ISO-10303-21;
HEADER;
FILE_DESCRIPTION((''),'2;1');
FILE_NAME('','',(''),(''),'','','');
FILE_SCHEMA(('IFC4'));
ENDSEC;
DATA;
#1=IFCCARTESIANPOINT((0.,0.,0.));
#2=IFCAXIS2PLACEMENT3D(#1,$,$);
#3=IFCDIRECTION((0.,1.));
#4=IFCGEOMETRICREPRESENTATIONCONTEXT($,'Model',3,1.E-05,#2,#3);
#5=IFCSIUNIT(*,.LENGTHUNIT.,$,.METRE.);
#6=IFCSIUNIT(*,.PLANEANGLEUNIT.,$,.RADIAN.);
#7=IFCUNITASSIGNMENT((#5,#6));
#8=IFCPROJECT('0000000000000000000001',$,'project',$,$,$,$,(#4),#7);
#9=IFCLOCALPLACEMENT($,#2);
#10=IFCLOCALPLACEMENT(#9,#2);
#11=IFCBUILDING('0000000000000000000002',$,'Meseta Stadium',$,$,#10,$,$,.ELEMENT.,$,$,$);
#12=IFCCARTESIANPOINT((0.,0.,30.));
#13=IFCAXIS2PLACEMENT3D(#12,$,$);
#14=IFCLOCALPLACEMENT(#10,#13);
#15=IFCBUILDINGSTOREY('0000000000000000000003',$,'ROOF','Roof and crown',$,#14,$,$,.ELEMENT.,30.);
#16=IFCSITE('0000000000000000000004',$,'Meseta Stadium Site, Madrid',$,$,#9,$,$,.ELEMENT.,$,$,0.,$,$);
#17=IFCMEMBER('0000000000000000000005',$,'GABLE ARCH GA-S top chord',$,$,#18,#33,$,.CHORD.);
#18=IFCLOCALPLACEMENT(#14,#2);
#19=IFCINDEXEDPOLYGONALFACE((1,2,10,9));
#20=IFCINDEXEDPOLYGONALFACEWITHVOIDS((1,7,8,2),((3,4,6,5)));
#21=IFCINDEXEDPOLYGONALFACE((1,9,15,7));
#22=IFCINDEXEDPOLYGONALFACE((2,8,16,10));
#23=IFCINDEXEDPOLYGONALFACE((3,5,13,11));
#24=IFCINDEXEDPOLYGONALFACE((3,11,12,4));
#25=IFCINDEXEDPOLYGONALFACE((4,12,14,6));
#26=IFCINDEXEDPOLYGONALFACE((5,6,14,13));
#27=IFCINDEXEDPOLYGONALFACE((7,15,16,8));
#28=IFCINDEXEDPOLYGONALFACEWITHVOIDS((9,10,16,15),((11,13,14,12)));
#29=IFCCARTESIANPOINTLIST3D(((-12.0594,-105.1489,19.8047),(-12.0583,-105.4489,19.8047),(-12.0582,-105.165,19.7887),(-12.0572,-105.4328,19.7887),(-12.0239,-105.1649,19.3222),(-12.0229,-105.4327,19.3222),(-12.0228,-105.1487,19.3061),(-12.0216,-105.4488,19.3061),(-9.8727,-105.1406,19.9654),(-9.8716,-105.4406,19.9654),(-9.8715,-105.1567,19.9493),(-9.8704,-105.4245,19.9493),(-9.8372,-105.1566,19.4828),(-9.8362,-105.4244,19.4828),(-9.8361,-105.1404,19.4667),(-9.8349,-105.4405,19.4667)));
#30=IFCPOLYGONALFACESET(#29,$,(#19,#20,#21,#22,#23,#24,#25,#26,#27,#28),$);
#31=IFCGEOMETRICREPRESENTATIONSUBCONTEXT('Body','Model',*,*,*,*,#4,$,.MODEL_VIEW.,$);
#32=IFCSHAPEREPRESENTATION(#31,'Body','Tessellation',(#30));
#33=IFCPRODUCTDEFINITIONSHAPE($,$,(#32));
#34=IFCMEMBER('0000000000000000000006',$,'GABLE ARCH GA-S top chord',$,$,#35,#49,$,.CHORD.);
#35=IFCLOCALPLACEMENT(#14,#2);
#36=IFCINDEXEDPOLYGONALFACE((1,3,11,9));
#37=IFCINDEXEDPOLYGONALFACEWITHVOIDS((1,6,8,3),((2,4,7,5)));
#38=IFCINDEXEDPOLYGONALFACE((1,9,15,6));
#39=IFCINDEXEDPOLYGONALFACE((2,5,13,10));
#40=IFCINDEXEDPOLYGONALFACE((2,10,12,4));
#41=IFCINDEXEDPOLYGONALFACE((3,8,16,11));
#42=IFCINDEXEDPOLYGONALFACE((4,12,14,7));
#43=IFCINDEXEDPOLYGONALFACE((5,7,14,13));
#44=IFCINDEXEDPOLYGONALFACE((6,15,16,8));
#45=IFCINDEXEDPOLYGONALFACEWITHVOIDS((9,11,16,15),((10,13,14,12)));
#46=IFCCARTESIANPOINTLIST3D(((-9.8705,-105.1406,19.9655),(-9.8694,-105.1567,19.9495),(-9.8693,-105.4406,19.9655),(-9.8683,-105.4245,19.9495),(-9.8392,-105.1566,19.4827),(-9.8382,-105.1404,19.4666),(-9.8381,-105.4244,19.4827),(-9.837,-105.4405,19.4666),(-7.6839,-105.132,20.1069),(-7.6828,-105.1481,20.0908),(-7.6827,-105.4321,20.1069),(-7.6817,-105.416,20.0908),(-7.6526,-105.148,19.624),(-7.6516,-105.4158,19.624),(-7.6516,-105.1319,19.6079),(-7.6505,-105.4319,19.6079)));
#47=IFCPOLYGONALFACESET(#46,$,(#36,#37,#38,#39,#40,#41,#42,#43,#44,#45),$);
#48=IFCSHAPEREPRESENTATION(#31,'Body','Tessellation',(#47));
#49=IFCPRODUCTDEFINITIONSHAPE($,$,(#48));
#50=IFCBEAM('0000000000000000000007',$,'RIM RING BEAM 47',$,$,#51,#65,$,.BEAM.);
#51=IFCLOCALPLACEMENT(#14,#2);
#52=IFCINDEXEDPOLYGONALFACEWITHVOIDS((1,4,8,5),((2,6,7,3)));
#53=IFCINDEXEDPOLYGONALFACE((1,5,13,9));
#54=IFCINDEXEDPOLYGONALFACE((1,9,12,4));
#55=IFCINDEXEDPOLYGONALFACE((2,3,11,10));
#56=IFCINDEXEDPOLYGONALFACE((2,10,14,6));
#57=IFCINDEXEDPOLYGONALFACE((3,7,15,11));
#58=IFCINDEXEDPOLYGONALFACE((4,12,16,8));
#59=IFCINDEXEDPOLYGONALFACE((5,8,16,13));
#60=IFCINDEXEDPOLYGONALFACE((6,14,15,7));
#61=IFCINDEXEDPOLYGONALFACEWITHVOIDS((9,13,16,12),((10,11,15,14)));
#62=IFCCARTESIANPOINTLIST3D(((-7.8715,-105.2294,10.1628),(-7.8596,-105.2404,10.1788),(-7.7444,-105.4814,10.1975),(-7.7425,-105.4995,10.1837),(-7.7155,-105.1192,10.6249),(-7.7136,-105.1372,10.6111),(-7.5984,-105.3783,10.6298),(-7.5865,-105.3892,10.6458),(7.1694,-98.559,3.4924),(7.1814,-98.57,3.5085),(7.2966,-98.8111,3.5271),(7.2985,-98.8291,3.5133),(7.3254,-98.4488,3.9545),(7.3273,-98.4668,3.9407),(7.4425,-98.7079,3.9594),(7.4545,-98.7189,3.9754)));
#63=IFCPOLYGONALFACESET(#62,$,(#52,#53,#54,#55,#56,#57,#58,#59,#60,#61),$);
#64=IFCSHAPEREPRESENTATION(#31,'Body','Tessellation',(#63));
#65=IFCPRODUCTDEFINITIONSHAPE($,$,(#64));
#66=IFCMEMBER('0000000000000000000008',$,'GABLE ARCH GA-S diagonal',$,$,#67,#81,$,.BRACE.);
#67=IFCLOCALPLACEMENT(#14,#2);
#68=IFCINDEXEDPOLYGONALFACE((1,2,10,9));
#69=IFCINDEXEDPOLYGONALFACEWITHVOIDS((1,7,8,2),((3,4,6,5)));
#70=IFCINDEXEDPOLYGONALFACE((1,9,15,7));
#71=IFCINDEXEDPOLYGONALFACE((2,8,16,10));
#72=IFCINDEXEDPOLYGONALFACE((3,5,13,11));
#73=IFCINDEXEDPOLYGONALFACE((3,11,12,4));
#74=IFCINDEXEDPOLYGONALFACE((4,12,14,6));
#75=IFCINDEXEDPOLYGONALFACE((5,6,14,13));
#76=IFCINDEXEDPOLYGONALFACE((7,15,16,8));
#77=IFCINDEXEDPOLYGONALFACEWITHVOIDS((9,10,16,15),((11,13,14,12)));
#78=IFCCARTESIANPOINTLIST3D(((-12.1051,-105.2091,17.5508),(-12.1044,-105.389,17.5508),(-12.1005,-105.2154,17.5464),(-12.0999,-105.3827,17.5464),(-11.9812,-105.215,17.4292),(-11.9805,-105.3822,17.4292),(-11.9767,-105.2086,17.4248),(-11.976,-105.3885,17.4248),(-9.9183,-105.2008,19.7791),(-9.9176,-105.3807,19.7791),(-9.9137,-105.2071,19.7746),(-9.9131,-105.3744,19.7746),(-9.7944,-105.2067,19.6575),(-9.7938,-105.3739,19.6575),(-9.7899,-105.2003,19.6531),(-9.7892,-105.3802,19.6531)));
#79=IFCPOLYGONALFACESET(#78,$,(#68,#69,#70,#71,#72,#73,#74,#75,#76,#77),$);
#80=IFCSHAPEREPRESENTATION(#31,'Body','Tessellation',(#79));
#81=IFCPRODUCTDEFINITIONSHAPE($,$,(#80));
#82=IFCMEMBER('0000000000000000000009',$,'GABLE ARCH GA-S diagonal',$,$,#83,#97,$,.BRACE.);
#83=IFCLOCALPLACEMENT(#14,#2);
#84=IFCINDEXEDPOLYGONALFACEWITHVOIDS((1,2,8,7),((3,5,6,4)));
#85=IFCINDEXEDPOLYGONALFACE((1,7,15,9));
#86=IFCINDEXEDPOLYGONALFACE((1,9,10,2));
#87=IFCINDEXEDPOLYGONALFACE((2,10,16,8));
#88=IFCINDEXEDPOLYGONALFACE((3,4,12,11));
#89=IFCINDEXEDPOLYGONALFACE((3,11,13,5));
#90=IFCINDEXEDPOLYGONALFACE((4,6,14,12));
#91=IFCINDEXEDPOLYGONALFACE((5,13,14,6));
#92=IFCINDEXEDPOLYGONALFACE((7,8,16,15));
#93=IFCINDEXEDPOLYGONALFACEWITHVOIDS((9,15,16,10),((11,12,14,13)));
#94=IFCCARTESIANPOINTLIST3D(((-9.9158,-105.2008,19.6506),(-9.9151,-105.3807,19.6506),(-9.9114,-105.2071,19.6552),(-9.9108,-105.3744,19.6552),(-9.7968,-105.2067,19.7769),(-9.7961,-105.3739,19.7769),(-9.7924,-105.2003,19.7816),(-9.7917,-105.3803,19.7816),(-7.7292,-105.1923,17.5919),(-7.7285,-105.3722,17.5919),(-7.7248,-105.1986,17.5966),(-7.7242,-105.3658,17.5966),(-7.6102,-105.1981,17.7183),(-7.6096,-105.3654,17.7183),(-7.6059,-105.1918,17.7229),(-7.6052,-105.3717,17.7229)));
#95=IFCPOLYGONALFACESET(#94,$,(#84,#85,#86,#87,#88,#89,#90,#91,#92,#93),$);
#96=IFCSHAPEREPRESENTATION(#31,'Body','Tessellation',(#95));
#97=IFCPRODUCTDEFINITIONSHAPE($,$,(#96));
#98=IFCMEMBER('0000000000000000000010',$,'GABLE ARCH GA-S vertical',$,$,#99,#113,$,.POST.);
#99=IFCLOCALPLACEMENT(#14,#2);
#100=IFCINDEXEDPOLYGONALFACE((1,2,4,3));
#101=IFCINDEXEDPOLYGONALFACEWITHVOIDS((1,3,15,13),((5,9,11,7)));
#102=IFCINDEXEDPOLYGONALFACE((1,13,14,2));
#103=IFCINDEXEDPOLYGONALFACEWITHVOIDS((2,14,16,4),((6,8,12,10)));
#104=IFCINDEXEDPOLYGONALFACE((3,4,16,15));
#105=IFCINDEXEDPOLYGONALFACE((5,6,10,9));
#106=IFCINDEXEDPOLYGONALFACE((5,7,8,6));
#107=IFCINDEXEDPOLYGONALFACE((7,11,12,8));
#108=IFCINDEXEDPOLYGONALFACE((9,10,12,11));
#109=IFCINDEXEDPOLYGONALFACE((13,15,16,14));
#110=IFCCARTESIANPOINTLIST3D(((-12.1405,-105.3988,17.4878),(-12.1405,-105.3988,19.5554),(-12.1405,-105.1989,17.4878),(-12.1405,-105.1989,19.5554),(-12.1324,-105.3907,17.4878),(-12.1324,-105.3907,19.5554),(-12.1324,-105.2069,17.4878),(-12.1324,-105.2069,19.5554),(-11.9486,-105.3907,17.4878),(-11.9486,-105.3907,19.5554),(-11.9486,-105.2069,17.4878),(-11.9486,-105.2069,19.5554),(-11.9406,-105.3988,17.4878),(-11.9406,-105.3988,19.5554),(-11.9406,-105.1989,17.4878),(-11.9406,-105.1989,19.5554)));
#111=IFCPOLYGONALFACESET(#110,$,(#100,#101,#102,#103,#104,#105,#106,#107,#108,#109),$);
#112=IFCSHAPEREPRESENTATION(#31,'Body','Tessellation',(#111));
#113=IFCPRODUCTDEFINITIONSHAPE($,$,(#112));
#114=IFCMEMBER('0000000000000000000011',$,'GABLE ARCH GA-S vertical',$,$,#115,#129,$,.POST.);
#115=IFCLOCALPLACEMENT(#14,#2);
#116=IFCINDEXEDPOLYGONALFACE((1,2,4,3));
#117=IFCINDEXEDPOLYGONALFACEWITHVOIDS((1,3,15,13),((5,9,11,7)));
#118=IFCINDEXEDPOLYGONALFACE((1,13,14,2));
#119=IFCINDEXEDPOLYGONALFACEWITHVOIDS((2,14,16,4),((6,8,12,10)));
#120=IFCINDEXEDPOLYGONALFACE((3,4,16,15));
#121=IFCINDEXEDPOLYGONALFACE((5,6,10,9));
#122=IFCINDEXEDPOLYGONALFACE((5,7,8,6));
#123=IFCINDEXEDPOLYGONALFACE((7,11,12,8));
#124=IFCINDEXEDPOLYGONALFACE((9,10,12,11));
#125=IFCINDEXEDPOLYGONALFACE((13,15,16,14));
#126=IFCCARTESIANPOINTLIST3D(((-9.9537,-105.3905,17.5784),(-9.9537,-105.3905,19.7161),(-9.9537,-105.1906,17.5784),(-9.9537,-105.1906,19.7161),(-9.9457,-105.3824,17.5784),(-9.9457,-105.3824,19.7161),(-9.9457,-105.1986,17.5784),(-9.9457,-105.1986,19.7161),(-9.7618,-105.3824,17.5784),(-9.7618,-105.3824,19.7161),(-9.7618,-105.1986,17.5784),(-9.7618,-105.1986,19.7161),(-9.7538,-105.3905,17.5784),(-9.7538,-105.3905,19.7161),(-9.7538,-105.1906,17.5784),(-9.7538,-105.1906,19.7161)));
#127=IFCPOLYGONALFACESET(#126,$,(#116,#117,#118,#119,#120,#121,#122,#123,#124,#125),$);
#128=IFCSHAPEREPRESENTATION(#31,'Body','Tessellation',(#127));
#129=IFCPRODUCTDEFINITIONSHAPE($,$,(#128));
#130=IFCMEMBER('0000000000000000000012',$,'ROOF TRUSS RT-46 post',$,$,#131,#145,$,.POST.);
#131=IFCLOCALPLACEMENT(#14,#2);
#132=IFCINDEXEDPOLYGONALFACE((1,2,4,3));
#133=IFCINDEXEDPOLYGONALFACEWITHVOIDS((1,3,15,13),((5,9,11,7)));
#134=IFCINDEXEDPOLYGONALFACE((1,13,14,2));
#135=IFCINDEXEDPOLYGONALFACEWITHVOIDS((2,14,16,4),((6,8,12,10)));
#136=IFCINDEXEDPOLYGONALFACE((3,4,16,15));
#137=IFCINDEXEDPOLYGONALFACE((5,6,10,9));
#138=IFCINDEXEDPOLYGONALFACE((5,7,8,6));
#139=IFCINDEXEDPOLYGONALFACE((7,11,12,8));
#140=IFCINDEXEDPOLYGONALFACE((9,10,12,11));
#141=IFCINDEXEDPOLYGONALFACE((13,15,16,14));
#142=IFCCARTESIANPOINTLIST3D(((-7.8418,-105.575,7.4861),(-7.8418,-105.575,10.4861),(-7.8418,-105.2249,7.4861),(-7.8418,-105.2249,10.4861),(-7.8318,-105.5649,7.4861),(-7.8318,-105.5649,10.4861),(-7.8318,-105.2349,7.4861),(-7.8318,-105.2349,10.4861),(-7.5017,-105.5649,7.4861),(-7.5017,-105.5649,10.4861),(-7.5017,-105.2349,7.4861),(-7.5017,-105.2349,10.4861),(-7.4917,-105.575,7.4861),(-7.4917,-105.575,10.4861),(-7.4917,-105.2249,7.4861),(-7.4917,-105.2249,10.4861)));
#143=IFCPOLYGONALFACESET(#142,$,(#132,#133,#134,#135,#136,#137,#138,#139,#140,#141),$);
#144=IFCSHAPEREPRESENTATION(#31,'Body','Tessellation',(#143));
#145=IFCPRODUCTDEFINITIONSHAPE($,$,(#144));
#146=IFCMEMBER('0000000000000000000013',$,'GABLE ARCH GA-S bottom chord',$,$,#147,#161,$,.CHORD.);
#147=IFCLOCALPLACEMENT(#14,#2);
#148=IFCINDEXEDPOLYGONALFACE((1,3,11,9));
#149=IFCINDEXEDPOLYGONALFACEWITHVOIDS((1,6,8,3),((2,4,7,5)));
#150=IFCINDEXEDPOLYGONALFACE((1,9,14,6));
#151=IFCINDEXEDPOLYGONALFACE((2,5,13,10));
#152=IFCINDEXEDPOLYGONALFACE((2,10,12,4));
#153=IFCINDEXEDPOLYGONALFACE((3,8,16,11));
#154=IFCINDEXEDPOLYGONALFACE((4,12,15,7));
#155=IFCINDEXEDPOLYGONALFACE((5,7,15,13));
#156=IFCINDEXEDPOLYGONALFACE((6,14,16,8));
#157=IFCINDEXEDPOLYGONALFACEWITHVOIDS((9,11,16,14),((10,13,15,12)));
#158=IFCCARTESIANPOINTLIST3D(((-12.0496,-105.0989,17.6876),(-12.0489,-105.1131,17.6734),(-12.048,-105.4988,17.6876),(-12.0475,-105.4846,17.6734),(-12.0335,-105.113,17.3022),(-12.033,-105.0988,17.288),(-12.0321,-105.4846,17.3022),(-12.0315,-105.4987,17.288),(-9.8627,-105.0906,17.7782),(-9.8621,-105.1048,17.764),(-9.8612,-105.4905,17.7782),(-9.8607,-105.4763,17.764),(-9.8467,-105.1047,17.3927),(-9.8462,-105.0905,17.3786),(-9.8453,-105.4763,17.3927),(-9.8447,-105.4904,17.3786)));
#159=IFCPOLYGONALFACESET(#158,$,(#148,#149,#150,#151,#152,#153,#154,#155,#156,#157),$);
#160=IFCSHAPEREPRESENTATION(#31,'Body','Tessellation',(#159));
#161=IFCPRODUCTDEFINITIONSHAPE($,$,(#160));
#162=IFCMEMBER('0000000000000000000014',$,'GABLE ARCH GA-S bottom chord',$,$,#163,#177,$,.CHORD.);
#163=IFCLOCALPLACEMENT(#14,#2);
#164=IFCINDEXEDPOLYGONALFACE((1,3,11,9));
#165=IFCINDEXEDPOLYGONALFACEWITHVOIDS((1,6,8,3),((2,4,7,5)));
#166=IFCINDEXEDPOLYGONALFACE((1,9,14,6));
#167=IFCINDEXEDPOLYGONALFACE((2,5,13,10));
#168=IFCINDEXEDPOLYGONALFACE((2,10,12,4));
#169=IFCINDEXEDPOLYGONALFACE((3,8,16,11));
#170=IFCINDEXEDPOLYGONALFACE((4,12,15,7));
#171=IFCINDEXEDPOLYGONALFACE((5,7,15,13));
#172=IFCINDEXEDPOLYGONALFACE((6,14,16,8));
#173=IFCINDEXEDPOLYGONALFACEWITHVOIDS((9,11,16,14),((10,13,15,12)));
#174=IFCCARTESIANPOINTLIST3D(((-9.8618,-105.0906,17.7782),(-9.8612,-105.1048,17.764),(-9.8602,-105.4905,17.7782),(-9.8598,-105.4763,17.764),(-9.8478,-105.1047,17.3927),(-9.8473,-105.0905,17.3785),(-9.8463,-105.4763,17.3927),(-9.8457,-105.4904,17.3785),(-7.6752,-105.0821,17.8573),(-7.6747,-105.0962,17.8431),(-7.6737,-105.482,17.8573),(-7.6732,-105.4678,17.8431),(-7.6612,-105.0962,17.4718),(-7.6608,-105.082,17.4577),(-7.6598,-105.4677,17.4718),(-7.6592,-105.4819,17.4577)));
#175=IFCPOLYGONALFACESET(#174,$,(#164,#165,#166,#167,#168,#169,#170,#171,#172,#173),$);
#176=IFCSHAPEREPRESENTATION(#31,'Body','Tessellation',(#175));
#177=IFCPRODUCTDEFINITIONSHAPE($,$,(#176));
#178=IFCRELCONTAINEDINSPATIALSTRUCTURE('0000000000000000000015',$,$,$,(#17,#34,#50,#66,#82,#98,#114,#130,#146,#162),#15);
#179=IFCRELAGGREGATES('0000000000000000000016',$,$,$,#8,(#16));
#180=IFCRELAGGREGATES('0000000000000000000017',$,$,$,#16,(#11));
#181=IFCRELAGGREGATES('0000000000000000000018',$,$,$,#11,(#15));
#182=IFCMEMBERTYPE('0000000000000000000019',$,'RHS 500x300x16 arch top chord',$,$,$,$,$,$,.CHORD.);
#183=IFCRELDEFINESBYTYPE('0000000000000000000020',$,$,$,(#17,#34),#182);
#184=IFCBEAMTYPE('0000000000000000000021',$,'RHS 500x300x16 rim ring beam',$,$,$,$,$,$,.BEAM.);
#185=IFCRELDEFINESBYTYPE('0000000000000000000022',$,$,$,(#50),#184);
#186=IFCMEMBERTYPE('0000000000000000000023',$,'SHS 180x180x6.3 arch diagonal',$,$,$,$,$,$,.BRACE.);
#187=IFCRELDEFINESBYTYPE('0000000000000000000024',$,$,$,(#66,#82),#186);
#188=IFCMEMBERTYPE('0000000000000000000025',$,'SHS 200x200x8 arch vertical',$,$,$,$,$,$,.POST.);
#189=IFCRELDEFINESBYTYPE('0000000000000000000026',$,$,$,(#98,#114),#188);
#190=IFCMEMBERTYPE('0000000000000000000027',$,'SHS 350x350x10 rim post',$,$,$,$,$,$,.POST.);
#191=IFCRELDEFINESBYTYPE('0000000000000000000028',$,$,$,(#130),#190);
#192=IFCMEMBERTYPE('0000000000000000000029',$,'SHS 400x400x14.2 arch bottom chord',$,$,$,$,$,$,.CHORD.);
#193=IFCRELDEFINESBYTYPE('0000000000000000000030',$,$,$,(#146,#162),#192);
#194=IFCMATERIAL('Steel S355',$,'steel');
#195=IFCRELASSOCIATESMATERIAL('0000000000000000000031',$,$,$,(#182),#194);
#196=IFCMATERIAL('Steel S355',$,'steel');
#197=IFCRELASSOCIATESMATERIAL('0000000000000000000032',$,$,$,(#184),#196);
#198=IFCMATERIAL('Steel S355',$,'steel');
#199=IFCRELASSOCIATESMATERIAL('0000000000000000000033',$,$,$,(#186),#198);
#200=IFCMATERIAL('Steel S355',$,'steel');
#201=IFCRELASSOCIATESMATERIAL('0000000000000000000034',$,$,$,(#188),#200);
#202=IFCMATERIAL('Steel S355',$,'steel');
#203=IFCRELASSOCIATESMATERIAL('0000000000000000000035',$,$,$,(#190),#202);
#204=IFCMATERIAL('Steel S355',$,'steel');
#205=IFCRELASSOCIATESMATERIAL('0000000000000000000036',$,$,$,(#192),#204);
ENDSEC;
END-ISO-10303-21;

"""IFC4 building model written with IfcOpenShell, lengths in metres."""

from ifc_helpers import new_model, si_unit, direction, frame, origin, origin_2d, place, context, subcontext, project, spatial, hollow_rectangle, extrude, material, material_profile, profile_set, type_object, element, save


model = new_model("IFC4")

# Units and contexts
model_context = context("Model", 3, precision=1e-05, world=origin(), true_north=direction((0.0, 1.0)))
body_context = subcontext(model_context, "Body", "Model", "MODEL_VIEW")
ifc_project = project(units=[si_unit("LENGTHUNIT", "METRE"), si_unit("PLANEANGLEUNIT", "RADIAN")], contexts=[model_context])

# Site, building, storey
site_placement = place(None, origin())
site = spatial("IfcSite", under=ifc_project, at=site_placement, Name="Meseta Stadium Site, Madrid", CompositionType="ELEMENT", RefElevation=0.0)
building_placement = place(site_placement, origin())
building = spatial("IfcBuilding", under=site, at=building_placement, Name="Meseta Stadium", CompositionType="ELEMENT")
storey_placement = place(building_placement, frame((0.0, 0.0, 30.0)))
storey = spatial("IfcBuildingStorey", under=building, at=storey_placement, Name="ROOF", Description="Roof and crown", CompositionType="ELEMENT", Elevation=30.0)

# Members
ifc_material_1 = material(Name="Steel S355", Category="steel")
ifc_material_profile_1 = material_profile(ifc_material_1, hollow_rectangle(XDim=0.3, YDim=0.5, WallThickness=0.0161, at=origin_2d()), Name="RHS 500x300x16")
ifc_profile_set_1 = profile_set([ifc_material_profile_1], Name="Steel S355")
member_type_1 = type_object("IfcMemberType", Name="RHS 500x300x16 arch top chord", PredefinedType="CHORD", material=ifc_profile_set_1)
member_1_placement = place(storey_placement, frame((-12.0405, -105.2988, 19.5554), z_axis=(0.997305, 0.003786, 0.073264), x_axis=(-0.003796, 0.999993, 0.0)))
element("IfcMember", 1, at=member_1_placement, inside=storey, type_object=member_type_1, Name="GABLE ARCH GA-S top chord", PredefinedType="CHORD", context=body_context, shape_type="SweptSolid", body=[
    extrude(hollow_rectangle(XDim=0.3, YDim=0.5, WallThickness=0.0161, at=origin_2d()), origin(), (0.0, 0.0, 1.0), 2.1926),
])
member_2_placement = place(storey_placement, frame((-9.8538, -105.2905, 19.7161), z_axis=(0.997909, 0.0039, 0.064514), x_axis=(-0.003908, 0.999992, 0.0)))
element("IfcMember", 2, at=member_2_placement, inside=storey, type_object=member_type_1, Name="GABLE ARCH GA-S top chord", PredefinedType="CHORD", context=body_context, shape_type="SweptSolid", body=[
    extrude(hollow_rectangle(XDim=0.3, YDim=0.5, WallThickness=0.0161, at=origin_2d()), origin(), (0.0, 0.0, 1.0), 2.1912),
])

# Beam
ifc_material_2 = material(Name="Steel S355", Category="steel")
ifc_material_profile_2 = material_profile(ifc_material_2, hollow_rectangle(XDim=0.3, YDim=0.5, WallThickness=0.0161, at=origin_2d()), Name="RHS 500x300x16")
ifc_profile_set_2 = profile_set([ifc_material_profile_2], Name="Steel S355")
beam_type = type_object("IfcBeamType", Name="RHS 500x300x16 rim ring beam", PredefinedType="BEAM", material=ifc_profile_set_2)
beam_placement = place(storey_placement, frame((-7.729, -105.3093, 10.4043), z_axis=(0.847168, 0.375703, -0.375703), x_axis=(-0.430047, 0.900121, -0.069586)))
element("IfcBeam", 3, at=beam_placement, inside=storey, type_object=beam_type, Name="RIM RING BEAM 47", PredefinedType="BEAM", context=body_context, shape_type="SweptSolid", body=[
    extrude(hollow_rectangle(XDim=0.3, YDim=0.5, WallThickness=0.0161, at=origin_2d()), origin(), (0.0, 0.0, 1.0), 17.7544),
])

# Members
ifc_material_3 = material(Name="Steel S355", Category="steel")
ifc_material_profile_3 = material_profile(ifc_material_3, hollow_rectangle(XDim=0.1799, YDim=0.1799, WallThickness=0.0063, at=origin_2d()), Name="SHS 180x180x6.3")
ifc_profile_set_3 = profile_set([ifc_material_profile_3], Name="Steel S355")
member_type_2 = type_object("IfcMemberType", Name="SHS 180x180x6.3 arch diagonal", PredefinedType="BRACE", material=ifc_profile_set_3)
member_3_placement = place(storey_placement, frame((-12.0405, -105.2988, 17.4878), z_axis=(0.700426, 0.002659, 0.71372), x_axis=(-0.003796, 0.999993, 0.0)))
element("IfcMember", 4, at=member_3_placement, inside=storey, type_object=member_type_2, Name="GABLE ARCH GA-S diagonal", PredefinedType="BRACE", context=body_context, shape_type="SweptSolid", body=[
    extrude(hollow_rectangle(XDim=0.1799, YDim=0.1799, WallThickness=0.0063, at=origin_2d()), origin(), (0.0, 0.0, 1.0), 3.1221),
])
member_4_placement = place(storey_placement, frame((-9.8538, -105.2905, 19.7161), z_axis=(0.728082, 0.002845, -0.685484), x_axis=(-0.003908, 0.999992, 0.0)))
element("IfcMember", 5, at=member_4_placement, inside=storey, type_object=member_type_2, Name="GABLE ARCH GA-S diagonal", PredefinedType="BRACE", context=body_context, shape_type="SweptSolid", body=[
    extrude(hollow_rectangle(XDim=0.1799, YDim=0.1799, WallThickness=0.0063, at=origin_2d()), origin(), (0.0, 0.0, 1.0), 3.0032),
])
ifc_material_4 = material(Name="Steel S355", Category="steel")
ifc_material_profile_4 = material_profile(ifc_material_4, hollow_rectangle(XDim=0.2, YDim=0.2, WallThickness=0.0081, at=origin_2d()), Name="SHS 200x200x8")
ifc_profile_set_4 = profile_set([ifc_material_profile_4], Name="Steel S355")
member_type_3 = type_object("IfcMemberType", Name="SHS 200x200x8 arch vertical", PredefinedType="POST", material=ifc_profile_set_4)
member_5_placement = place(storey_placement, frame((-12.0405, -105.2988, 17.4878), z_axis=(0.0, 0.0, 1.0), x_axis=(1.0, 0.0, 0.0)))
element("IfcMember", 6, at=member_5_placement, inside=storey, type_object=member_type_3, Name="GABLE ARCH GA-S vertical", PredefinedType="POST", context=body_context, shape_type="SweptSolid", body=[
    extrude(hollow_rectangle(XDim=0.2, YDim=0.2, WallThickness=0.0081, at=origin_2d()), origin(), (0.0, 0.0, 1.0), 2.0676),
])
member_6_placement = place(storey_placement, frame((-9.8538, -105.2905, 17.5784), z_axis=(0.0, 0.0, 1.0), x_axis=(1.0, 0.0, 0.0)))
element("IfcMember", 7, at=member_6_placement, inside=storey, type_object=member_type_3, Name="GABLE ARCH GA-S vertical", PredefinedType="POST", context=body_context, shape_type="SweptSolid", body=[
    extrude(hollow_rectangle(XDim=0.2, YDim=0.2, WallThickness=0.0081, at=origin_2d()), origin(), (0.0, 0.0, 1.0), 2.1377),
])
ifc_material_5 = material(Name="Steel S355", Category="steel")
ifc_material_profile_5 = material_profile(ifc_material_5, hollow_rectangle(XDim=0.3501, YDim=0.3501, WallThickness=0.01, at=origin_2d()), Name="SHS 350x350x10")
ifc_profile_set_5 = profile_set([ifc_material_profile_5], Name="Steel S355")
member_type_4 = type_object("IfcMemberType", Name="SHS 350x350x10 rim post", PredefinedType="POST", material=ifc_profile_set_5)
member_7_placement = place(storey_placement, frame((-7.6667, -105.3999, 7.4861), z_axis=(0.0, 0.0, 1.0), x_axis=(1.0, 0.0, 0.0)))
element("IfcMember", 8, at=member_7_placement, inside=storey, type_object=member_type_4, Name="ROOF TRUSS RT-46 post", PredefinedType="POST", context=body_context, shape_type="SweptSolid", body=[
    extrude(hollow_rectangle(XDim=0.3501, YDim=0.3501, WallThickness=0.01, at=origin_2d()), origin(), (0.0, 0.0, 1.0), 3.0),
])
ifc_material_6 = material(Name="Steel S355", Category="steel")
ifc_material_profile_6 = material_profile(ifc_material_6, hollow_rectangle(XDim=0.3999, YDim=0.3999, WallThickness=0.0142, at=origin_2d()), Name="SHS 400x400x14.2")
ifc_profile_set_6 = profile_set([ifc_material_profile_6], Name="Steel S355")
member_type_5 = type_object("IfcMemberType", Name="SHS 400x400x14.2 arch bottom chord", PredefinedType="CHORD", material=ifc_profile_set_6)
member_8_placement = place(storey_placement, frame((-12.0405, -105.2988, 17.4878), z_axis=(0.999136, 0.003793, 0.041384), x_axis=(-0.003796, 0.999993, 0.0)))
element("IfcMember", 9, at=member_8_placement, inside=storey, type_object=member_type_5, Name="GABLE ARCH GA-S bottom chord", PredefinedType="CHORD", context=body_context, shape_type="SweptSolid", body=[
    extrude(hollow_rectangle(XDim=0.3999, YDim=0.3999, WallThickness=0.0142, at=origin_2d()), origin(), (0.0, 0.0, 1.0), 2.1887),
])
member_9_placement = place(storey_placement, frame((-9.8538, -105.2905, 17.5784), z_axis=(0.999339, 0.003905, 0.036153), x_axis=(-0.003908, 0.999992, 0.0)))
element("IfcMember", 10, at=member_9_placement, inside=storey, type_object=member_type_5, Name="GABLE ARCH GA-S bottom chord", PredefinedType="CHORD", context=body_context, shape_type="SweptSolid", body=[
    extrude(hollow_rectangle(XDim=0.3999, YDim=0.3999, WallThickness=0.0142, at=origin_2d()), origin(), (0.0, 0.0, 1.0), 2.188),
])

save(model, "model.ifc")
